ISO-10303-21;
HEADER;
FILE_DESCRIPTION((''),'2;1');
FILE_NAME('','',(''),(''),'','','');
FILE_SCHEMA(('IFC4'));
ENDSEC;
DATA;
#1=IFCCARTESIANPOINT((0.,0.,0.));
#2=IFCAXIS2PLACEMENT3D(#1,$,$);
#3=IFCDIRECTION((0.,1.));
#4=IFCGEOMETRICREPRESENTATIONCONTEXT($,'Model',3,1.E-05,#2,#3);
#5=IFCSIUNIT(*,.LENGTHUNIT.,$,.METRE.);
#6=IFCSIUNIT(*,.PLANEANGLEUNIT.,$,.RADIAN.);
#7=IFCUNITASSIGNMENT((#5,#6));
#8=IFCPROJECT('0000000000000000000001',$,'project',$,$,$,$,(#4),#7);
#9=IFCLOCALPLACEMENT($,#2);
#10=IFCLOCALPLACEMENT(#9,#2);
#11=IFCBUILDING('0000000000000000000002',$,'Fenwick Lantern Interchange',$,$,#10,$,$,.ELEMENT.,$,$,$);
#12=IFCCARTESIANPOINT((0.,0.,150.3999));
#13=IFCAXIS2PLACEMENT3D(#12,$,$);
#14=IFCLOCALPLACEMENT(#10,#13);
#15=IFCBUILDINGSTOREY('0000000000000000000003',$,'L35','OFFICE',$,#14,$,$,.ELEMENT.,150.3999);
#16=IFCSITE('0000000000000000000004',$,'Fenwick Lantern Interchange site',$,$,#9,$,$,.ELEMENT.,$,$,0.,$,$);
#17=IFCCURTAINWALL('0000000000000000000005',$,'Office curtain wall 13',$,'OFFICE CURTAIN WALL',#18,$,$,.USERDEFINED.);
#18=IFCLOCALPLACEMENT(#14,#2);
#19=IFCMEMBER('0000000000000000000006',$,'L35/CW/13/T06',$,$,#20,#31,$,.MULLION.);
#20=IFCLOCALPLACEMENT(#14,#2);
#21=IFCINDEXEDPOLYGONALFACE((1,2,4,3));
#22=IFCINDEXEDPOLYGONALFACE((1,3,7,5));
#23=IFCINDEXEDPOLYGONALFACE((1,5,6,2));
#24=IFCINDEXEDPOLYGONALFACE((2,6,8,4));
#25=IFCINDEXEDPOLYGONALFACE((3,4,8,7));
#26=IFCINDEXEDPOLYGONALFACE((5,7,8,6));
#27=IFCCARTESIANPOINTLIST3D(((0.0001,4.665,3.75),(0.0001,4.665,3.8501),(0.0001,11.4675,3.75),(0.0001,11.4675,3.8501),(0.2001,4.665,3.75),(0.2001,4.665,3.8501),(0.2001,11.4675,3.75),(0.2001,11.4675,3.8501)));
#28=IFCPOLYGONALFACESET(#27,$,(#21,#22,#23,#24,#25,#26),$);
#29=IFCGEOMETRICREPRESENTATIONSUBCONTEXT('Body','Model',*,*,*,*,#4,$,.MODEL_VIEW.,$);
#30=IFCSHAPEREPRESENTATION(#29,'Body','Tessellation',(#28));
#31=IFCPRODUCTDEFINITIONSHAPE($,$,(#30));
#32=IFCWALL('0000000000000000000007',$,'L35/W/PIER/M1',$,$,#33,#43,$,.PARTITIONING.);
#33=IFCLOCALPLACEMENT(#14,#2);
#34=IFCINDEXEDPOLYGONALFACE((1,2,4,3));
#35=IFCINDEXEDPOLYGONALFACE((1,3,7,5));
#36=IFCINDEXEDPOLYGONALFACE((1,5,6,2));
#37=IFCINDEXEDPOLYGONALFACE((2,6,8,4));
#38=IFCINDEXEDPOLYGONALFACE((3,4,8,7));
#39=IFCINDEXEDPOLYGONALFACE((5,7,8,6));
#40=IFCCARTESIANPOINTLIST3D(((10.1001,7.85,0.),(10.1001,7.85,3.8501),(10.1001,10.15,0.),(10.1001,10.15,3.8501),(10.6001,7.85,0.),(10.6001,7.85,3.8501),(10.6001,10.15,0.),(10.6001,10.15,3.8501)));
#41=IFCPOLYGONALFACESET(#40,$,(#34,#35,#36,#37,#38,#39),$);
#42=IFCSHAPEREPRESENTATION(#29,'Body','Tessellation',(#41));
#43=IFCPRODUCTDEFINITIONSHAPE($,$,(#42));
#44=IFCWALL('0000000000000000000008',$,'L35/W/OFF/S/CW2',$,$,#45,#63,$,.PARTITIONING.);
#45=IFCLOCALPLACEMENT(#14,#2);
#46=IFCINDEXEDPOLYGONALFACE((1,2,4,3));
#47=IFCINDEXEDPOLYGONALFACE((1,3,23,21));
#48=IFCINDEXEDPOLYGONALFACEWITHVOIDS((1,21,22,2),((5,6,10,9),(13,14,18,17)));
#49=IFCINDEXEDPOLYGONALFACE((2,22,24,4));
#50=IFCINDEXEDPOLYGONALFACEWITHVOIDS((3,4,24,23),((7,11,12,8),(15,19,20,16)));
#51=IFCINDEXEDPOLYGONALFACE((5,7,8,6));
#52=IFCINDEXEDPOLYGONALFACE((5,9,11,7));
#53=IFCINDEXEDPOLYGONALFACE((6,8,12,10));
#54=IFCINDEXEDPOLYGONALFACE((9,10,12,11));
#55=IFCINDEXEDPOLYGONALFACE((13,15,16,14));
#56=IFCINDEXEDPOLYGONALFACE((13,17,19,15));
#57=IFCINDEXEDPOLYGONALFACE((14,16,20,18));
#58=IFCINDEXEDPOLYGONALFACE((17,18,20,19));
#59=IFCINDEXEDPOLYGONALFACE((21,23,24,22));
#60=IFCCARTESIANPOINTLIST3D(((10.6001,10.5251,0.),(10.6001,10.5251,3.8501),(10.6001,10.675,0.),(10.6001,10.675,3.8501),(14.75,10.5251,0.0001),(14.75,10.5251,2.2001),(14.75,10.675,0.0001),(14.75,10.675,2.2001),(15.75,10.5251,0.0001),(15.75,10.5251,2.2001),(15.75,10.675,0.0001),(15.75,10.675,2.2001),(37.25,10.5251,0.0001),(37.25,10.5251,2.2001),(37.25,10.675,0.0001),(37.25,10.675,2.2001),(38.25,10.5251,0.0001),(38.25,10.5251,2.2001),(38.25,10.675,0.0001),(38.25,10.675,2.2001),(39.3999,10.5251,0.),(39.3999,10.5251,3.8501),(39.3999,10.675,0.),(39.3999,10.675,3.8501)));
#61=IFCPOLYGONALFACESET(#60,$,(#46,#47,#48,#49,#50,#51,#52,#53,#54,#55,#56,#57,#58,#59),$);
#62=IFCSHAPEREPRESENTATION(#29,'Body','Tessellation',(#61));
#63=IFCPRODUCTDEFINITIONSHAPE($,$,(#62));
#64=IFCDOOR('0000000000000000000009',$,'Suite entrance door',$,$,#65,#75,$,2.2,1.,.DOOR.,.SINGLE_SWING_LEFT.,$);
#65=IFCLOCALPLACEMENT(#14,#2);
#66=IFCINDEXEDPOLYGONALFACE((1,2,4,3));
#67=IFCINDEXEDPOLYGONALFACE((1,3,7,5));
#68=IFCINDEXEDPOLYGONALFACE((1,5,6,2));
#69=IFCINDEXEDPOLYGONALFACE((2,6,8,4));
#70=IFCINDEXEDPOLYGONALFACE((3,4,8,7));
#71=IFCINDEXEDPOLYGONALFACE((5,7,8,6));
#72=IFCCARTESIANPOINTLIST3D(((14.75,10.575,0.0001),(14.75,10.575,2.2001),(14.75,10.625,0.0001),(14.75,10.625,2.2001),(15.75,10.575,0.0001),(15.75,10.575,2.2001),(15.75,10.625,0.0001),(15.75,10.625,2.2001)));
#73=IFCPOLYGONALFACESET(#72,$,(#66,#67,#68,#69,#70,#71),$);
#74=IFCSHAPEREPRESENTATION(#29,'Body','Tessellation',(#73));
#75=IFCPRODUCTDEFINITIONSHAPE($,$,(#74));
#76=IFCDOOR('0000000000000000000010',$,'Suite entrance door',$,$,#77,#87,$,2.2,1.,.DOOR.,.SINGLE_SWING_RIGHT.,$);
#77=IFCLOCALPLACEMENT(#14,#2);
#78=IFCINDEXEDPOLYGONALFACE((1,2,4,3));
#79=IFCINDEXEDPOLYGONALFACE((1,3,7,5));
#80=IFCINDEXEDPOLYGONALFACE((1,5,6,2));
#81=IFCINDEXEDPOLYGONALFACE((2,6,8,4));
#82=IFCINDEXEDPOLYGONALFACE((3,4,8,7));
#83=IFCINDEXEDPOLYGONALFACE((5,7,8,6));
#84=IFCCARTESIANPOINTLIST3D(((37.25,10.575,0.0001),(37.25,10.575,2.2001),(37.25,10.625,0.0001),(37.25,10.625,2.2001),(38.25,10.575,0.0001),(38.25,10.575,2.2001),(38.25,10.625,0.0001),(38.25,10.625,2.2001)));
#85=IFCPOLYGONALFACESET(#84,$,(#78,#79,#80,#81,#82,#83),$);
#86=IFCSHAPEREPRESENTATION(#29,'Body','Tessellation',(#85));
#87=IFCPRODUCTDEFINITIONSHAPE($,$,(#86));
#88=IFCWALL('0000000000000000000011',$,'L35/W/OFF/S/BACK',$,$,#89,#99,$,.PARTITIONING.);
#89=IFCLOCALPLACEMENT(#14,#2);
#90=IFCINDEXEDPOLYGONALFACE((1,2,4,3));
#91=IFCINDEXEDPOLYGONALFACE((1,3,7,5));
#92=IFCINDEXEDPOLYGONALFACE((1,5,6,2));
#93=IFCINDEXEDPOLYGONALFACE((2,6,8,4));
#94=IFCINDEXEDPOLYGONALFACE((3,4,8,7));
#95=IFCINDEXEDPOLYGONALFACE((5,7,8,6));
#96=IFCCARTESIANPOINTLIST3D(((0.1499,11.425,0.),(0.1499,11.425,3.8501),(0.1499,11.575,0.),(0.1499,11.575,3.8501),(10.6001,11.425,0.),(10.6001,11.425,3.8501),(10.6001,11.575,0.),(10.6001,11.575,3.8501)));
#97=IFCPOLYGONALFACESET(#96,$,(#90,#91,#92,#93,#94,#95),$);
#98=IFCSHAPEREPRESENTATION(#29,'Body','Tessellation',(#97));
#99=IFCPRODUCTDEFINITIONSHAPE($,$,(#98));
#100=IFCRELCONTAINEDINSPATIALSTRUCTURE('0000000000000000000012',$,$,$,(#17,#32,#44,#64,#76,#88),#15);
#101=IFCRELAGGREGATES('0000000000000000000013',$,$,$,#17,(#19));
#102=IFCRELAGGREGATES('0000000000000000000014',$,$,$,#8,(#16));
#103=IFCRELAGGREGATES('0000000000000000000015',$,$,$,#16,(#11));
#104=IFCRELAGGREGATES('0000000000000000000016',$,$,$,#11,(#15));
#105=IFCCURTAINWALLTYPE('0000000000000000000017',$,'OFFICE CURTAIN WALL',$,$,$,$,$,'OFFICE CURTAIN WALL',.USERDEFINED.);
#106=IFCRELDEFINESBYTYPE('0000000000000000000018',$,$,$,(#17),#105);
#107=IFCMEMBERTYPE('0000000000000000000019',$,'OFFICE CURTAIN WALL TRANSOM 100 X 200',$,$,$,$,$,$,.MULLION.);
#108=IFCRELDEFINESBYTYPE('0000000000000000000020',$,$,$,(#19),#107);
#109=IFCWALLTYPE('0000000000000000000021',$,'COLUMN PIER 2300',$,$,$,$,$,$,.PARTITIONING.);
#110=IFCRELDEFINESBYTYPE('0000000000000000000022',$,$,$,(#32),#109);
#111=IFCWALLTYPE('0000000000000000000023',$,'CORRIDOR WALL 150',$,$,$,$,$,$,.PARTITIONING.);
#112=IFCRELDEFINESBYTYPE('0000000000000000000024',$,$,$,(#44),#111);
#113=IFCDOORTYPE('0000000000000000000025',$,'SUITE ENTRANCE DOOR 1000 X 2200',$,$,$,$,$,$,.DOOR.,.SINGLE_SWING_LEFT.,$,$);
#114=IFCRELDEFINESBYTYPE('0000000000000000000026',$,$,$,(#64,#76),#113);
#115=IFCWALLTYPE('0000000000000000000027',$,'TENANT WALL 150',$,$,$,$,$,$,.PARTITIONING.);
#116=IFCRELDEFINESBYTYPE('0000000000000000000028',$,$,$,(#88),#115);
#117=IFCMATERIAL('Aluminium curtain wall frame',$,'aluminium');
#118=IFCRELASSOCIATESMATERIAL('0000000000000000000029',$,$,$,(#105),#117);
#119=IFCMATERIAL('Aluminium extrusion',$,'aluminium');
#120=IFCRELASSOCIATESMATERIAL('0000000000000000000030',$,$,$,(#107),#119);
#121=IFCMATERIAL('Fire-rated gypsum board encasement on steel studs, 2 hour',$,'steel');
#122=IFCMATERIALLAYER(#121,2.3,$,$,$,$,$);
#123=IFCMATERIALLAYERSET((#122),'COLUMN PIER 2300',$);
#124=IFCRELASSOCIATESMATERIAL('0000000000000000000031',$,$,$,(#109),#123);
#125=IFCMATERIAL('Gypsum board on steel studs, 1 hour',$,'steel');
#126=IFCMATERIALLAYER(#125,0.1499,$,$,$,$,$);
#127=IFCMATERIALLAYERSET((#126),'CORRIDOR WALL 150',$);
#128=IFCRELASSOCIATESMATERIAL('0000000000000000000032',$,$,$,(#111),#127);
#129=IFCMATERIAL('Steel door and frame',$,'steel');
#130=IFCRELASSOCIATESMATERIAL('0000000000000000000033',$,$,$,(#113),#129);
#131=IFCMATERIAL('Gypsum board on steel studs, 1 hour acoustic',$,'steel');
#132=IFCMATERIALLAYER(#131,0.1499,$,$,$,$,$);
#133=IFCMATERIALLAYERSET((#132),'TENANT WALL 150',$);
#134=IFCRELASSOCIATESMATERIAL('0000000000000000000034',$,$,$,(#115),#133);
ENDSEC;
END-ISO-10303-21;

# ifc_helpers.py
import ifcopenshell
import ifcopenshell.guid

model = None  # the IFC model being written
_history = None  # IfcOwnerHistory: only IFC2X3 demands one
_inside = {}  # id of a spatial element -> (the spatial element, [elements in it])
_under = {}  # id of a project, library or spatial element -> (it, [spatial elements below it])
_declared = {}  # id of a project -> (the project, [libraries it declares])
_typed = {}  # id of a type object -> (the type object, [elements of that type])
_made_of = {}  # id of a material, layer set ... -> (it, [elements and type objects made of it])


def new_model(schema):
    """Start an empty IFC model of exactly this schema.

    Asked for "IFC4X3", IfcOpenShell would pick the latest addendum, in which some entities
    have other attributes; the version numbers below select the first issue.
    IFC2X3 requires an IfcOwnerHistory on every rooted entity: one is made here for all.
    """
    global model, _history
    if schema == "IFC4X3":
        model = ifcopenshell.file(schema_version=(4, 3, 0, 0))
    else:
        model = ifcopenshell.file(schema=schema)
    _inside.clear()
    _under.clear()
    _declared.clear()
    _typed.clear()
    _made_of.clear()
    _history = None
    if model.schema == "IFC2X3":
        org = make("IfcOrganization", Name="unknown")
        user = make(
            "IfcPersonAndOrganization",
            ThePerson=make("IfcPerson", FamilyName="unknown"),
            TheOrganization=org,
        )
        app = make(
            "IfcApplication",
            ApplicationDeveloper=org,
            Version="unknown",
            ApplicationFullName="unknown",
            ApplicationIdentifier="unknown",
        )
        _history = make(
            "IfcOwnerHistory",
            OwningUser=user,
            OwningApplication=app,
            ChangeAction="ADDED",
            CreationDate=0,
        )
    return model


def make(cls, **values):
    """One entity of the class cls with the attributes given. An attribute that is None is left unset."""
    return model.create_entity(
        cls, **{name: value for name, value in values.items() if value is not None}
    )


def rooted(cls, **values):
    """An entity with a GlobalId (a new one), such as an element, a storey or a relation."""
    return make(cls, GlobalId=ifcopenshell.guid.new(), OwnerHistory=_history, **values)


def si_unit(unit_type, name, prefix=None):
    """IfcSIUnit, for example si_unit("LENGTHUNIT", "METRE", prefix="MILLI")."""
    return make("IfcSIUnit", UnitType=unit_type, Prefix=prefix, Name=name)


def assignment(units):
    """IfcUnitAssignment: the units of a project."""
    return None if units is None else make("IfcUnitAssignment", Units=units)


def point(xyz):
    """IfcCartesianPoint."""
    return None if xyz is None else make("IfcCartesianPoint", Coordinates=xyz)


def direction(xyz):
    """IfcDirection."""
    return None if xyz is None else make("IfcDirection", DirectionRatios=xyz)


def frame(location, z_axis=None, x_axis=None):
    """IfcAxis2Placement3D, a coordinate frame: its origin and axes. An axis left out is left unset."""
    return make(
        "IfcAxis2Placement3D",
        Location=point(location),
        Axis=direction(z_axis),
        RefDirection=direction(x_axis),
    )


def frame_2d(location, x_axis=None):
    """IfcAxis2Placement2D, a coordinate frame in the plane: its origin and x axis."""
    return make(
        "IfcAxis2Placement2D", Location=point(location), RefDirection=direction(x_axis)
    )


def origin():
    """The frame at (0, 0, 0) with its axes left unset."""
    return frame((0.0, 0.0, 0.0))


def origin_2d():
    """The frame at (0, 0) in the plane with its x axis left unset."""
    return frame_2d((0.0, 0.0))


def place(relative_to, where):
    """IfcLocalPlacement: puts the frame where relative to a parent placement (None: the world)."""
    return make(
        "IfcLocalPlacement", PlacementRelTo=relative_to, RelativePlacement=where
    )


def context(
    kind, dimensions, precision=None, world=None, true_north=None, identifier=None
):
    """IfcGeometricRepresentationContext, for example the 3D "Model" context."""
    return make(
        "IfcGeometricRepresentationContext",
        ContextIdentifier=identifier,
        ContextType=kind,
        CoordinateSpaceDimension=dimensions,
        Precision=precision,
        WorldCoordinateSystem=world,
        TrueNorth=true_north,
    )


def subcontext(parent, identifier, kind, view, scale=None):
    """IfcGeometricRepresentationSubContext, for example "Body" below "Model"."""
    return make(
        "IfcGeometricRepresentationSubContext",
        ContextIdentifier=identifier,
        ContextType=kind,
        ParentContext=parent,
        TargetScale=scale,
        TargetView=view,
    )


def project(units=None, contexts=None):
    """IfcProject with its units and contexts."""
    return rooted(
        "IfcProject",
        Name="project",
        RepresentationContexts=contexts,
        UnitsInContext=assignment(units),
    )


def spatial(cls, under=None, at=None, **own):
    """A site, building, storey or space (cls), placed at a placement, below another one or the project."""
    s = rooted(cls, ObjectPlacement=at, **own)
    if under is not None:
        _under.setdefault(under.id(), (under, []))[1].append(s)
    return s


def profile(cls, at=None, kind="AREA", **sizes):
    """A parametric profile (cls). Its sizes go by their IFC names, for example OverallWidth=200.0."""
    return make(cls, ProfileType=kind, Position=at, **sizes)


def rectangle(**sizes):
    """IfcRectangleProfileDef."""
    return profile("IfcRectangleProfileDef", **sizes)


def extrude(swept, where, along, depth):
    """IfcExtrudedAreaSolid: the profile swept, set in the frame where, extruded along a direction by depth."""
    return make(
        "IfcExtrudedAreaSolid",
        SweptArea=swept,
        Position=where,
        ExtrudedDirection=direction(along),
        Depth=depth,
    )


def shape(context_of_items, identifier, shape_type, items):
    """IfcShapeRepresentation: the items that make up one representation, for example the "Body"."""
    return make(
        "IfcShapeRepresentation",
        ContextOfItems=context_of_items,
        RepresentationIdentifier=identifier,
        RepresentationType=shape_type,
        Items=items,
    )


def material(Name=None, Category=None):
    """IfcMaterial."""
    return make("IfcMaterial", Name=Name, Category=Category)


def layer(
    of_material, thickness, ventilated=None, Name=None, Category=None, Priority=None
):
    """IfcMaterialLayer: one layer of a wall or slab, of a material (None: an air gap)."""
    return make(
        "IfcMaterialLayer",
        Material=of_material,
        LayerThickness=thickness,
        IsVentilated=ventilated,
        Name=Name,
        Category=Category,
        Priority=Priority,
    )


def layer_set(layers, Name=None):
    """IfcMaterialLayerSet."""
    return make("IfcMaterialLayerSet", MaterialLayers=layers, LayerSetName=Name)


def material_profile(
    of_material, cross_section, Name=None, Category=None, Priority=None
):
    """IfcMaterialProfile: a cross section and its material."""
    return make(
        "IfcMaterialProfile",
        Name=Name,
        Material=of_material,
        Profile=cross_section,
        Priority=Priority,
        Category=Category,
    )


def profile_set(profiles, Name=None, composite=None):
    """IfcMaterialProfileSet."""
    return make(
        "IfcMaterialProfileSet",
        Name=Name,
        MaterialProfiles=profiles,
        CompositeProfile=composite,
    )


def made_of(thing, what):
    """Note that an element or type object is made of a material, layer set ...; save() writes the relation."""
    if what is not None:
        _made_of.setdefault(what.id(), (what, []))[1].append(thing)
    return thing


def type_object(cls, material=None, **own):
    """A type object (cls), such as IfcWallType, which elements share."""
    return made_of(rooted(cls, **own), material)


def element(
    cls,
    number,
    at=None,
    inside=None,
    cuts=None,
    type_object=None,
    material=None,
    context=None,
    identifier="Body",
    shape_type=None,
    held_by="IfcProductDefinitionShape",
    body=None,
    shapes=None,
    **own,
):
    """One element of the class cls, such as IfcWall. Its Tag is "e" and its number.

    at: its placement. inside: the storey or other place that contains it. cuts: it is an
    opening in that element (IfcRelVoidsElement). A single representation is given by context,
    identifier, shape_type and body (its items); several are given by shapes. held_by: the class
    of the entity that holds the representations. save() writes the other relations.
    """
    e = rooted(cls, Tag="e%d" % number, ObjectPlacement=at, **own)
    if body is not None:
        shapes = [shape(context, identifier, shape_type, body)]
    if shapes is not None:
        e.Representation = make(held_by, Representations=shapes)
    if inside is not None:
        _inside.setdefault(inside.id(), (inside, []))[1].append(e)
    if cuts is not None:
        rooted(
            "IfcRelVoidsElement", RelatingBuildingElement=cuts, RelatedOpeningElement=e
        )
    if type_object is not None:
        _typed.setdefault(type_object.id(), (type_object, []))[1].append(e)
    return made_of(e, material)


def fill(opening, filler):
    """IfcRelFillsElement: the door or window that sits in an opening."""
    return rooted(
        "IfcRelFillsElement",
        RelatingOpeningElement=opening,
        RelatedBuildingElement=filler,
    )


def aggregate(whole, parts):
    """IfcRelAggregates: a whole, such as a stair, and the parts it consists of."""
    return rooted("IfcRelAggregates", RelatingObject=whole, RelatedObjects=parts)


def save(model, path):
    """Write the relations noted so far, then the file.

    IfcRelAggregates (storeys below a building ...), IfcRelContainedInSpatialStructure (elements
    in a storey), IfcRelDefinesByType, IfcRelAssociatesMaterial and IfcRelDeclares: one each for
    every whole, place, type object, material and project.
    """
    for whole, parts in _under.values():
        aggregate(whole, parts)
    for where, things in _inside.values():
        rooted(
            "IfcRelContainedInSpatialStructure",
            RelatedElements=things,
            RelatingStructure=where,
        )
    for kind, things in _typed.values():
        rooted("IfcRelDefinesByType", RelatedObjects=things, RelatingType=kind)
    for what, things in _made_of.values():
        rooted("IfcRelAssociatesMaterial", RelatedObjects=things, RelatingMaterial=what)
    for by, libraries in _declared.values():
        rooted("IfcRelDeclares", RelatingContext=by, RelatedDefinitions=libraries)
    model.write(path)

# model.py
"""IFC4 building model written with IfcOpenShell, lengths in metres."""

from ifc_helpers import new_model, si_unit, direction, frame, frame_2d, origin, origin_2d, place, context, subcontext, project, spatial, rectangle, extrude, material, layer, layer_set, material_profile, profile_set, type_object, element, fill, aggregate, save


model = new_model("IFC4")

# Units and contexts
model_context = context("Model", 3, precision=1e-05, world=origin(), true_north=direction((0.0, 1.0)))
body_context = subcontext(model_context, "Body", "Model", "MODEL_VIEW")
ifc_project = project(units=[si_unit("LENGTHUNIT", "METRE"), si_unit("PLANEANGLEUNIT", "RADIAN")], contexts=[model_context])

# Site, building, storey
site_placement = place(None, origin())
site = spatial("IfcSite", under=ifc_project, at=site_placement, Name="Fenwick Lantern Interchange site", CompositionType="ELEMENT", RefElevation=0.0)
building_placement = place(site_placement, origin())
building = spatial("IfcBuilding", under=site, at=building_placement, Name="Fenwick Lantern Interchange", CompositionType="ELEMENT")
storey_placement = place(building_placement, frame((0.0, 0.0, 150.3999)))
storey = spatial("IfcBuildingStorey", under=building, at=storey_placement, Name="L35", Description="OFFICE", CompositionType="ELEMENT", Elevation=150.3999)

# Curtain wall, member
ifc_material_1 = material(Name="Aluminium curtain wall frame", Category="aluminium")
curtain_wall_type = type_object("IfcCurtainWallType", Name="OFFICE CURTAIN WALL", ElementType="OFFICE CURTAIN WALL", PredefinedType="USERDEFINED", material=ifc_material_1)
curtain_wall_placement = place(storey_placement, origin())
curtain_wall = element("IfcCurtainWall", 1, at=curtain_wall_placement, inside=storey, type_object=curtain_wall_type, Name="Office curtain wall 13", ObjectType="OFFICE CURTAIN WALL", PredefinedType="USERDEFINED")
ifc_material_2 = material(Name="Aluminium extrusion", Category="aluminium")
ifc_material_profile_1 = material_profile(ifc_material_2, rectangle(XDim=0.2, YDim=0.1001, at=origin_2d()), Name="OFFICE CURTAIN WALL TRANSOM 100 X 200")
ifc_profile_set_1 = profile_set([ifc_material_profile_1], Name="Aluminium extrusion")
member_type_1 = type_object("IfcMemberType", Name="OFFICE CURTAIN WALL TRANSOM 100 X 200", PredefinedType="MULLION", material=ifc_profile_set_1)
member_1_placement = place(storey_placement, frame((0.1001, 11.4675, 3.8), z_axis=(0.0, -1.0, 0.0), x_axis=(1.0, 0.0, 0.0)))
member_1 = element("IfcMember", 2, at=member_1_placement, type_object=member_type_1, Name="L35/CW/13/T06", PredefinedType="MULLION", context=body_context, shape_type="SweptSolid", body=[
    extrude(rectangle(XDim=0.2, YDim=0.1001, at=origin_2d()), origin(), (0.0, 0.0, 1.0), 6.8025),
])
aggregate(curtain_wall, [member_1])

# Wall
ifc_material_3 = material(Name="Fire-rated gypsum board encasement on steel studs, 2 hour", Category="steel")
ifc_layer_1 = layer(ifc_material_3, 2.3)
ifc_layer_set_1 = layer_set([ifc_layer_1], Name="COLUMN PIER 2300")
wall_type_1 = type_object("IfcWallType", Name="COLUMN PIER 2300", PredefinedType="PARTITIONING", material=ifc_layer_set_1)
wall_1_placement = place(storey_placement, frame((10.6001, 9.0, 0.0), z_axis=(0.0, 0.0, 1.0), x_axis=(-1.0, 0.0, 0.0)))
element("IfcWall", 3, at=wall_1_placement, inside=storey, type_object=wall_type_1, Name="L35/W/PIER/M1", PredefinedType="PARTITIONING", context=body_context, shape_type="SweptSolid", body=[
    extrude(rectangle(XDim=0.5, YDim=2.3, at=frame_2d((0.25, 0.0))), origin(), (0.0, 0.0, 1.0), 3.8501),
])

# Wall, openings, doors
ifc_material_4 = material(Name="Gypsum board on steel studs, 1 hour", Category="steel")
ifc_layer_2 = layer(ifc_material_4, 0.1499)
ifc_layer_set_2 = layer_set([ifc_layer_2], Name="CORRIDOR WALL 150")
wall_type_2 = type_object("IfcWallType", Name="CORRIDOR WALL 150", PredefinedType="PARTITIONING", material=ifc_layer_set_2)
wall_2_placement = place(storey_placement, frame((10.6001, 10.6001, 0.0), z_axis=(0.0, 0.0, 1.0), x_axis=(1.0, 0.0, 0.0)))
wall_2 = element("IfcWall", 4, at=wall_2_placement, inside=storey, type_object=wall_type_2, Name="L35/W/OFF/S/CW2", PredefinedType="PARTITIONING", context=body_context, shape_type="SweptSolid", body=[
    extrude(rectangle(XDim=28.7998, YDim=0.1499, at=frame_2d((14.3999, 0.0))), origin(), (0.0, 0.0, 1.0), 3.8501),
])
opening_1_placement = place(wall_2_placement, frame((4.1499, 0.0, 0.0)))
opening_1 = element("IfcOpeningElement", 5, at=opening_1_placement, cuts=wall_2, PredefinedType="OPENING", context=body_context, shape_type="SweptSolid", body=[
    extrude(rectangle(XDim=1.0, YDim=2.2, at=frame_2d((0.5, 1.1001))), frame((0.0, 0.085, 0.0), z_axis=(0.0, -1.0, 0.0), x_axis=(1.0, 0.0, 0.0)), (0.0, 0.0, 1.0), 0.1699),
])
opening_2_placement = place(wall_2_placement, frame((26.6499, 0.0, 0.0)))
opening_2 = element("IfcOpeningElement", 6, at=opening_2_placement, cuts=wall_2, PredefinedType="OPENING", context=body_context, shape_type="SweptSolid", body=[
    extrude(rectangle(XDim=1.0, YDim=2.2, at=frame_2d((0.5, 1.1001))), frame((0.0, 0.085, 0.0), z_axis=(0.0, -1.0, 0.0), x_axis=(1.0, 0.0, 0.0)), (0.0, 0.0, 1.0), 0.1699),
])
ifc_material_5 = material(Name="Steel door and frame", Category="steel")
door_type = type_object("IfcDoorType", Name="SUITE ENTRANCE DOOR 1000 X 2200", OperationType="SINGLE_SWING_LEFT", PredefinedType="DOOR", material=ifc_material_5)
door_1_placement = place(opening_1_placement, origin())
door_1 = element("IfcDoor", 7, at=door_1_placement, inside=storey, type_object=door_type, Name="Suite entrance door", OperationType="SINGLE_SWING_LEFT", OverallHeight=2.2, OverallWidth=1.0, PredefinedType="DOOR", context=body_context, shape_type="SweptSolid", body=[
    extrude(rectangle(XDim=1.0, YDim=2.2, at=frame_2d((0.5, 1.1001))), frame((0.0, 0.0249, 0.0), z_axis=(0.0, -1.0, 0.0), x_axis=(1.0, 0.0, 0.0)), (0.0, 0.0, 1.0), 0.05),
])
fill(opening_1, door_1)
door_2_placement = place(opening_2_placement, origin())
door_2 = element("IfcDoor", 8, at=door_2_placement, inside=storey, type_object=door_type, Name="Suite entrance door", OperationType="SINGLE_SWING_RIGHT", OverallHeight=2.2, OverallWidth=1.0, PredefinedType="DOOR", context=body_context, shape_type="SweptSolid", body=[
    extrude(rectangle(XDim=1.0, YDim=2.2, at=frame_2d((0.5, 1.1001))), frame((0.0, 0.0249, 0.0), z_axis=(0.0, -1.0, 0.0), x_axis=(1.0, 0.0, 0.0)), (0.0, 0.0, 1.0), 0.05),
])
fill(opening_2, door_2)

# Wall
ifc_material_6 = material(Name="Gypsum board on steel studs, 1 hour acoustic", Category="steel")
ifc_layer_3 = layer(ifc_material_6, 0.1499)
ifc_layer_set_3 = layer_set([ifc_layer_3], Name="TENANT WALL 150")
wall_type_3 = type_object("IfcWallType", Name="TENANT WALL 150", PredefinedType="PARTITIONING", material=ifc_layer_set_3)
wall_3_placement = place(storey_placement, frame((0.1499, 11.5, 0.0), z_axis=(0.0, 0.0, 1.0), x_axis=(1.0, 0.0, 0.0)))
element("IfcWall", 9, at=wall_3_placement, inside=storey, type_object=wall_type_3, Name="L35/W/OFF/S/BACK", PredefinedType="PARTITIONING", context=body_context, shape_type="SweptSolid", body=[
    extrude(rectangle(XDim=10.4502, YDim=0.1499, at=frame_2d((5.2251, 0.0))), origin(), (0.0, 0.0, 1.0), 3.8501),
])

save(model, "model.ifc")
